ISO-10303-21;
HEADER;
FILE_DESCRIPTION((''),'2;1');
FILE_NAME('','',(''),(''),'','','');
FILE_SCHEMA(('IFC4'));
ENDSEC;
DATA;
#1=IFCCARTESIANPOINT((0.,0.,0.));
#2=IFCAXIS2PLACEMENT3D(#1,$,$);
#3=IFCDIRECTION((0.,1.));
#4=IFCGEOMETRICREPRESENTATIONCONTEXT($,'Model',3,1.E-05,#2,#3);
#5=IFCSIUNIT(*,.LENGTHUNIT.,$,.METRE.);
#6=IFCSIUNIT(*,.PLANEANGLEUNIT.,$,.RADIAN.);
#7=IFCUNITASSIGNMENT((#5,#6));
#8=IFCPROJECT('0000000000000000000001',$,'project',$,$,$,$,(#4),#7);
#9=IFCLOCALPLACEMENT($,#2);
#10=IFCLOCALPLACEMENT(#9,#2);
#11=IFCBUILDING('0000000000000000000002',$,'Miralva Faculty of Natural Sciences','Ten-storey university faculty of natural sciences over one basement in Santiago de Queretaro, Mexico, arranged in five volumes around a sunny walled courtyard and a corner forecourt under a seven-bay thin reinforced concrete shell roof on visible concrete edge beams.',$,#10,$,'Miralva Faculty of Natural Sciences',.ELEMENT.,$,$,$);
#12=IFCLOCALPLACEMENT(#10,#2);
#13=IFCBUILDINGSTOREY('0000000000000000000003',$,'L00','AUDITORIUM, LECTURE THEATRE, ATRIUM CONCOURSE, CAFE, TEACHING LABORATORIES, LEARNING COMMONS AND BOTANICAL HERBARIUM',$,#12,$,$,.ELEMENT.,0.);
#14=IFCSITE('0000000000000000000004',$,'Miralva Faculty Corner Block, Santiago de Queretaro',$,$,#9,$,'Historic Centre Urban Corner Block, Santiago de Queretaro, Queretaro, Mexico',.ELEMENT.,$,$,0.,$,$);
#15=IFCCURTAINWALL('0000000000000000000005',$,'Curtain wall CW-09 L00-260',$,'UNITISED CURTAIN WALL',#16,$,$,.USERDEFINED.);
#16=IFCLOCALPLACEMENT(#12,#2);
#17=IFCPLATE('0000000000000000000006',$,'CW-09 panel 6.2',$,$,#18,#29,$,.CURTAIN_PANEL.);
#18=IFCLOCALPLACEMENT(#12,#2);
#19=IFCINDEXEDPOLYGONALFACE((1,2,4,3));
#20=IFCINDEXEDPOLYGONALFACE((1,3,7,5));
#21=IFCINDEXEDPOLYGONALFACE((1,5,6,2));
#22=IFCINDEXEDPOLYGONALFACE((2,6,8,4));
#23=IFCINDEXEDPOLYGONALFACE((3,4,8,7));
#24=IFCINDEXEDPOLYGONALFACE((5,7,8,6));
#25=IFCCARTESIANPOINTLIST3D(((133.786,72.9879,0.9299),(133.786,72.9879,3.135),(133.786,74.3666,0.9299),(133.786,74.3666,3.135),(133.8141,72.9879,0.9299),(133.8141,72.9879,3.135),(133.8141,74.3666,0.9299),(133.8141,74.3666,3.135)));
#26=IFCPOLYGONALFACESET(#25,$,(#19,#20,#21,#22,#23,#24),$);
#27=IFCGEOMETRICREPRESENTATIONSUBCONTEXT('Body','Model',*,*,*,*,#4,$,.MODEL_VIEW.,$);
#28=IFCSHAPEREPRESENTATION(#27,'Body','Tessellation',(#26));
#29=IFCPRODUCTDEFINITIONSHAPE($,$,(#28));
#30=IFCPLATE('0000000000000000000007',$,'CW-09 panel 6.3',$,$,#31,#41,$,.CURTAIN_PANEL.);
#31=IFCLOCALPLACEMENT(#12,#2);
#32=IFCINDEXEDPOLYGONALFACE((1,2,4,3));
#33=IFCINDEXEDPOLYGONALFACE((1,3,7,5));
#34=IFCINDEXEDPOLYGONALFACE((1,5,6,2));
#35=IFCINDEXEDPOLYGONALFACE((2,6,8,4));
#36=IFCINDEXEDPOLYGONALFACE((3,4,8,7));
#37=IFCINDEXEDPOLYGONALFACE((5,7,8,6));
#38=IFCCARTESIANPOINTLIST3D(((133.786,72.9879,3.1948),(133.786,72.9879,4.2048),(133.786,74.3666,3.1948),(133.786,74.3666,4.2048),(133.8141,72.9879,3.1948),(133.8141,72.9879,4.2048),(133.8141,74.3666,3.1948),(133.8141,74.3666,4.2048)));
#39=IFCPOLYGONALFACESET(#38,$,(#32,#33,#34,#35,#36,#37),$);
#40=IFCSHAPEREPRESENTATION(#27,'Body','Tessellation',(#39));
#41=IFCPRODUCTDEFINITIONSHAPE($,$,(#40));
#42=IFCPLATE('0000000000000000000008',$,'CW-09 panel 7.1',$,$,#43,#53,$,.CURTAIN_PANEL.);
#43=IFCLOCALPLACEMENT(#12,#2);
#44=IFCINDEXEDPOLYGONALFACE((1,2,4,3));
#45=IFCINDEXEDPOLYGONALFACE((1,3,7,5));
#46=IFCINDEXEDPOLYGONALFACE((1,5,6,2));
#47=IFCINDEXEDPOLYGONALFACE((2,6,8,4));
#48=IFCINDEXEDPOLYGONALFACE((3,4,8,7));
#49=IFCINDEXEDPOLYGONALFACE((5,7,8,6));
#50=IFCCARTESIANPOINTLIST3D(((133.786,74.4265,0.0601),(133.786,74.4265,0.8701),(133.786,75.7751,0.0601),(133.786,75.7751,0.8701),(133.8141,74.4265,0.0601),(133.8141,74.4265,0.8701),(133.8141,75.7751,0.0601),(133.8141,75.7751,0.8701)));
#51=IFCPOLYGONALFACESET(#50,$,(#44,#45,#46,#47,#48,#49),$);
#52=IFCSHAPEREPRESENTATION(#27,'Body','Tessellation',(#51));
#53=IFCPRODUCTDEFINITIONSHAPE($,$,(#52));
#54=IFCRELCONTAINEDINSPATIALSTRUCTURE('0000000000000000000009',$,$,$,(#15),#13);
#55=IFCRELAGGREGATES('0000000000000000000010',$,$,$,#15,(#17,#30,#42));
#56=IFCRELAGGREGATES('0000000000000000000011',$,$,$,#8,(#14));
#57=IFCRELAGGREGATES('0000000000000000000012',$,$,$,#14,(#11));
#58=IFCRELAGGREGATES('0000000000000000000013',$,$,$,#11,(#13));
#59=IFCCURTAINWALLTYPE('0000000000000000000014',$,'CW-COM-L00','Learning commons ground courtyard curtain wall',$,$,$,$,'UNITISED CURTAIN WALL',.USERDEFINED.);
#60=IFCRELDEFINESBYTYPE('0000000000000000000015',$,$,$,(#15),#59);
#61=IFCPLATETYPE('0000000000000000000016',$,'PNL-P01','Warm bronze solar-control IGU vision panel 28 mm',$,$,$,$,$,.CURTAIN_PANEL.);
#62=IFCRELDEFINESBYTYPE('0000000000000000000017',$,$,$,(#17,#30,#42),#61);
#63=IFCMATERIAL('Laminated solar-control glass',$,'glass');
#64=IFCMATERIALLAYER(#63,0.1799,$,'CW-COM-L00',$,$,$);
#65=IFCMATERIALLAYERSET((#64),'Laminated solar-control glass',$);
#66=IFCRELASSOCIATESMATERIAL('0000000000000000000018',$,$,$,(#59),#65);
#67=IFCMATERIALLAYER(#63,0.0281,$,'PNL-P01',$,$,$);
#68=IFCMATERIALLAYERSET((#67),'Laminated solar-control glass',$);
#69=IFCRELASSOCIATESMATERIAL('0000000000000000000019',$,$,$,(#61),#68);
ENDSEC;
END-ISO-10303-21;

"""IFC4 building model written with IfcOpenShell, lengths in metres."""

from ifc_helpers import new_model, si_unit, direction, frame, origin, origin_2d, place, context, subcontext, project, spatial, rectangle, extrude, material, layer, layer_set, type_object, element, aggregate, save


model = new_model("IFC4")

# Units and contexts
model_context = context("Model", 3, precision=1e-05, world=origin(), true_north=direction((0.0, 1.0)))
body_context = subcontext(model_context, "Body", "Model", "MODEL_VIEW")
ifc_project = project(units=[si_unit("LENGTHUNIT", "METRE"), si_unit("PLANEANGLEUNIT", "RADIAN")], contexts=[model_context])

# Site, building, storey
site_placement = place(None, origin())
site = spatial("IfcSite", under=ifc_project, at=site_placement, Name="Miralva Faculty Corner Block, Santiago de Queretaro", LongName="Historic Centre Urban Corner Block, Santiago de Queretaro, Queretaro, Mexico", CompositionType="ELEMENT", RefElevation=0.0)
building_placement = place(site_placement, origin())
building = spatial("IfcBuilding", under=site, at=building_placement, Name="Miralva Faculty of Natural Sciences", Description="Ten-storey university faculty of natural sciences over one basement in Santiago de Queretaro, Mexico, arranged in five volumes around a sunny walled courtyard and a corner forecourt under a seven-bay thin reinforced concrete shell roof on visible concrete edge beams.", LongName="Miralva Faculty of Natural Sciences", CompositionType="ELEMENT")
storey_placement = place(building_placement, origin())
storey = spatial("IfcBuildingStorey", under=building, at=storey_placement, Name="L00", Description="AUDITORIUM, LECTURE THEATRE, ATRIUM CONCOURSE, CAFE, TEACHING LABORATORIES, LEARNING COMMONS AND BOTANICAL HERBARIUM", CompositionType="ELEMENT", Elevation=0.0)

# Curtain wall, plates
ifc_material_1 = material(Name="Laminated solar-control glass", Category="glass")
ifc_layer_1 = layer(ifc_material_1, 0.1799, Name="CW-COM-L00")
ifc_layer_set_1 = layer_set([ifc_layer_1], Name="Laminated solar-control glass")
curtain_wall_type = type_object("IfcCurtainWallType", Name="CW-COM-L00", Description="Learning commons ground courtyard curtain wall", ElementType="UNITISED CURTAIN WALL", PredefinedType="USERDEFINED", material=ifc_layer_set_1)
curtain_wall_placement = place(storey_placement, origin())
curtain_wall = element("IfcCurtainWall", 1, at=curtain_wall_placement, inside=storey, type_object=curtain_wall_type, Name="Curtain wall CW-09 L00-260", ObjectType="UNITISED CURTAIN WALL", PredefinedType="USERDEFINED")
ifc_layer_2 = layer(ifc_material_1, 0.0281, Name="PNL-P01")
ifc_layer_set_2 = layer_set([ifc_layer_2], Name="Laminated solar-control glass")
plate_type = type_object("IfcPlateType", Name="PNL-P01", Description="Warm bronze solar-control IGU vision panel 28 mm", PredefinedType="CURTAIN_PANEL", material=ifc_layer_set_2)
plate_1_placement = place(storey_placement, frame((133.8, 73.6772, 0.9299), z_axis=(0.0, 0.0, 1.0), x_axis=(0.0, 1.0, 0.0)))
plate_1 = element("IfcPlate", 2, at=plate_1_placement, type_object=plate_type, Name="CW-09 panel 6.2", PredefinedType="CURTAIN_PANEL", context=body_context, shape_type="SweptSolid", body=[
    extrude(rectangle(XDim=1.3787, YDim=0.0281, at=origin_2d()), origin(), (0.0, 0.0, 1.0), 2.2051),
])
plate_2_placement = place(storey_placement, frame((133.8, 73.6772, 3.1948), z_axis=(0.0, 0.0, 1.0), x_axis=(0.0, 1.0, 0.0)))
plate_2 = element("IfcPlate", 3, at=plate_2_placement, type_object=plate_type, Name="CW-09 panel 6.3", PredefinedType="CURTAIN_PANEL", context=body_context, shape_type="SweptSolid", body=[
    extrude(rectangle(XDim=1.3787, YDim=0.0281, at=origin_2d()), origin(), (0.0, 0.0, 1.0), 1.01),
])
plate_3_placement = place(storey_placement, frame((133.8, 75.1008, 0.0601), z_axis=(0.0, 0.0, 1.0), x_axis=(0.0, 1.0, 0.0)))
plate_3 = element("IfcPlate", 4, at=plate_3_placement, type_object=plate_type, Name="CW-09 panel 7.1", PredefinedType="CURTAIN_PANEL", context=body_context, shape_type="SweptSolid", body=[
    extrude(rectangle(XDim=1.3486, YDim=0.0281, at=origin_2d()), origin(), (0.0, 0.0, 1.0), 0.8101),
])
aggregate(curtain_wall, [plate_1, plate_2, plate_3])

save(model, "model.ifc")
